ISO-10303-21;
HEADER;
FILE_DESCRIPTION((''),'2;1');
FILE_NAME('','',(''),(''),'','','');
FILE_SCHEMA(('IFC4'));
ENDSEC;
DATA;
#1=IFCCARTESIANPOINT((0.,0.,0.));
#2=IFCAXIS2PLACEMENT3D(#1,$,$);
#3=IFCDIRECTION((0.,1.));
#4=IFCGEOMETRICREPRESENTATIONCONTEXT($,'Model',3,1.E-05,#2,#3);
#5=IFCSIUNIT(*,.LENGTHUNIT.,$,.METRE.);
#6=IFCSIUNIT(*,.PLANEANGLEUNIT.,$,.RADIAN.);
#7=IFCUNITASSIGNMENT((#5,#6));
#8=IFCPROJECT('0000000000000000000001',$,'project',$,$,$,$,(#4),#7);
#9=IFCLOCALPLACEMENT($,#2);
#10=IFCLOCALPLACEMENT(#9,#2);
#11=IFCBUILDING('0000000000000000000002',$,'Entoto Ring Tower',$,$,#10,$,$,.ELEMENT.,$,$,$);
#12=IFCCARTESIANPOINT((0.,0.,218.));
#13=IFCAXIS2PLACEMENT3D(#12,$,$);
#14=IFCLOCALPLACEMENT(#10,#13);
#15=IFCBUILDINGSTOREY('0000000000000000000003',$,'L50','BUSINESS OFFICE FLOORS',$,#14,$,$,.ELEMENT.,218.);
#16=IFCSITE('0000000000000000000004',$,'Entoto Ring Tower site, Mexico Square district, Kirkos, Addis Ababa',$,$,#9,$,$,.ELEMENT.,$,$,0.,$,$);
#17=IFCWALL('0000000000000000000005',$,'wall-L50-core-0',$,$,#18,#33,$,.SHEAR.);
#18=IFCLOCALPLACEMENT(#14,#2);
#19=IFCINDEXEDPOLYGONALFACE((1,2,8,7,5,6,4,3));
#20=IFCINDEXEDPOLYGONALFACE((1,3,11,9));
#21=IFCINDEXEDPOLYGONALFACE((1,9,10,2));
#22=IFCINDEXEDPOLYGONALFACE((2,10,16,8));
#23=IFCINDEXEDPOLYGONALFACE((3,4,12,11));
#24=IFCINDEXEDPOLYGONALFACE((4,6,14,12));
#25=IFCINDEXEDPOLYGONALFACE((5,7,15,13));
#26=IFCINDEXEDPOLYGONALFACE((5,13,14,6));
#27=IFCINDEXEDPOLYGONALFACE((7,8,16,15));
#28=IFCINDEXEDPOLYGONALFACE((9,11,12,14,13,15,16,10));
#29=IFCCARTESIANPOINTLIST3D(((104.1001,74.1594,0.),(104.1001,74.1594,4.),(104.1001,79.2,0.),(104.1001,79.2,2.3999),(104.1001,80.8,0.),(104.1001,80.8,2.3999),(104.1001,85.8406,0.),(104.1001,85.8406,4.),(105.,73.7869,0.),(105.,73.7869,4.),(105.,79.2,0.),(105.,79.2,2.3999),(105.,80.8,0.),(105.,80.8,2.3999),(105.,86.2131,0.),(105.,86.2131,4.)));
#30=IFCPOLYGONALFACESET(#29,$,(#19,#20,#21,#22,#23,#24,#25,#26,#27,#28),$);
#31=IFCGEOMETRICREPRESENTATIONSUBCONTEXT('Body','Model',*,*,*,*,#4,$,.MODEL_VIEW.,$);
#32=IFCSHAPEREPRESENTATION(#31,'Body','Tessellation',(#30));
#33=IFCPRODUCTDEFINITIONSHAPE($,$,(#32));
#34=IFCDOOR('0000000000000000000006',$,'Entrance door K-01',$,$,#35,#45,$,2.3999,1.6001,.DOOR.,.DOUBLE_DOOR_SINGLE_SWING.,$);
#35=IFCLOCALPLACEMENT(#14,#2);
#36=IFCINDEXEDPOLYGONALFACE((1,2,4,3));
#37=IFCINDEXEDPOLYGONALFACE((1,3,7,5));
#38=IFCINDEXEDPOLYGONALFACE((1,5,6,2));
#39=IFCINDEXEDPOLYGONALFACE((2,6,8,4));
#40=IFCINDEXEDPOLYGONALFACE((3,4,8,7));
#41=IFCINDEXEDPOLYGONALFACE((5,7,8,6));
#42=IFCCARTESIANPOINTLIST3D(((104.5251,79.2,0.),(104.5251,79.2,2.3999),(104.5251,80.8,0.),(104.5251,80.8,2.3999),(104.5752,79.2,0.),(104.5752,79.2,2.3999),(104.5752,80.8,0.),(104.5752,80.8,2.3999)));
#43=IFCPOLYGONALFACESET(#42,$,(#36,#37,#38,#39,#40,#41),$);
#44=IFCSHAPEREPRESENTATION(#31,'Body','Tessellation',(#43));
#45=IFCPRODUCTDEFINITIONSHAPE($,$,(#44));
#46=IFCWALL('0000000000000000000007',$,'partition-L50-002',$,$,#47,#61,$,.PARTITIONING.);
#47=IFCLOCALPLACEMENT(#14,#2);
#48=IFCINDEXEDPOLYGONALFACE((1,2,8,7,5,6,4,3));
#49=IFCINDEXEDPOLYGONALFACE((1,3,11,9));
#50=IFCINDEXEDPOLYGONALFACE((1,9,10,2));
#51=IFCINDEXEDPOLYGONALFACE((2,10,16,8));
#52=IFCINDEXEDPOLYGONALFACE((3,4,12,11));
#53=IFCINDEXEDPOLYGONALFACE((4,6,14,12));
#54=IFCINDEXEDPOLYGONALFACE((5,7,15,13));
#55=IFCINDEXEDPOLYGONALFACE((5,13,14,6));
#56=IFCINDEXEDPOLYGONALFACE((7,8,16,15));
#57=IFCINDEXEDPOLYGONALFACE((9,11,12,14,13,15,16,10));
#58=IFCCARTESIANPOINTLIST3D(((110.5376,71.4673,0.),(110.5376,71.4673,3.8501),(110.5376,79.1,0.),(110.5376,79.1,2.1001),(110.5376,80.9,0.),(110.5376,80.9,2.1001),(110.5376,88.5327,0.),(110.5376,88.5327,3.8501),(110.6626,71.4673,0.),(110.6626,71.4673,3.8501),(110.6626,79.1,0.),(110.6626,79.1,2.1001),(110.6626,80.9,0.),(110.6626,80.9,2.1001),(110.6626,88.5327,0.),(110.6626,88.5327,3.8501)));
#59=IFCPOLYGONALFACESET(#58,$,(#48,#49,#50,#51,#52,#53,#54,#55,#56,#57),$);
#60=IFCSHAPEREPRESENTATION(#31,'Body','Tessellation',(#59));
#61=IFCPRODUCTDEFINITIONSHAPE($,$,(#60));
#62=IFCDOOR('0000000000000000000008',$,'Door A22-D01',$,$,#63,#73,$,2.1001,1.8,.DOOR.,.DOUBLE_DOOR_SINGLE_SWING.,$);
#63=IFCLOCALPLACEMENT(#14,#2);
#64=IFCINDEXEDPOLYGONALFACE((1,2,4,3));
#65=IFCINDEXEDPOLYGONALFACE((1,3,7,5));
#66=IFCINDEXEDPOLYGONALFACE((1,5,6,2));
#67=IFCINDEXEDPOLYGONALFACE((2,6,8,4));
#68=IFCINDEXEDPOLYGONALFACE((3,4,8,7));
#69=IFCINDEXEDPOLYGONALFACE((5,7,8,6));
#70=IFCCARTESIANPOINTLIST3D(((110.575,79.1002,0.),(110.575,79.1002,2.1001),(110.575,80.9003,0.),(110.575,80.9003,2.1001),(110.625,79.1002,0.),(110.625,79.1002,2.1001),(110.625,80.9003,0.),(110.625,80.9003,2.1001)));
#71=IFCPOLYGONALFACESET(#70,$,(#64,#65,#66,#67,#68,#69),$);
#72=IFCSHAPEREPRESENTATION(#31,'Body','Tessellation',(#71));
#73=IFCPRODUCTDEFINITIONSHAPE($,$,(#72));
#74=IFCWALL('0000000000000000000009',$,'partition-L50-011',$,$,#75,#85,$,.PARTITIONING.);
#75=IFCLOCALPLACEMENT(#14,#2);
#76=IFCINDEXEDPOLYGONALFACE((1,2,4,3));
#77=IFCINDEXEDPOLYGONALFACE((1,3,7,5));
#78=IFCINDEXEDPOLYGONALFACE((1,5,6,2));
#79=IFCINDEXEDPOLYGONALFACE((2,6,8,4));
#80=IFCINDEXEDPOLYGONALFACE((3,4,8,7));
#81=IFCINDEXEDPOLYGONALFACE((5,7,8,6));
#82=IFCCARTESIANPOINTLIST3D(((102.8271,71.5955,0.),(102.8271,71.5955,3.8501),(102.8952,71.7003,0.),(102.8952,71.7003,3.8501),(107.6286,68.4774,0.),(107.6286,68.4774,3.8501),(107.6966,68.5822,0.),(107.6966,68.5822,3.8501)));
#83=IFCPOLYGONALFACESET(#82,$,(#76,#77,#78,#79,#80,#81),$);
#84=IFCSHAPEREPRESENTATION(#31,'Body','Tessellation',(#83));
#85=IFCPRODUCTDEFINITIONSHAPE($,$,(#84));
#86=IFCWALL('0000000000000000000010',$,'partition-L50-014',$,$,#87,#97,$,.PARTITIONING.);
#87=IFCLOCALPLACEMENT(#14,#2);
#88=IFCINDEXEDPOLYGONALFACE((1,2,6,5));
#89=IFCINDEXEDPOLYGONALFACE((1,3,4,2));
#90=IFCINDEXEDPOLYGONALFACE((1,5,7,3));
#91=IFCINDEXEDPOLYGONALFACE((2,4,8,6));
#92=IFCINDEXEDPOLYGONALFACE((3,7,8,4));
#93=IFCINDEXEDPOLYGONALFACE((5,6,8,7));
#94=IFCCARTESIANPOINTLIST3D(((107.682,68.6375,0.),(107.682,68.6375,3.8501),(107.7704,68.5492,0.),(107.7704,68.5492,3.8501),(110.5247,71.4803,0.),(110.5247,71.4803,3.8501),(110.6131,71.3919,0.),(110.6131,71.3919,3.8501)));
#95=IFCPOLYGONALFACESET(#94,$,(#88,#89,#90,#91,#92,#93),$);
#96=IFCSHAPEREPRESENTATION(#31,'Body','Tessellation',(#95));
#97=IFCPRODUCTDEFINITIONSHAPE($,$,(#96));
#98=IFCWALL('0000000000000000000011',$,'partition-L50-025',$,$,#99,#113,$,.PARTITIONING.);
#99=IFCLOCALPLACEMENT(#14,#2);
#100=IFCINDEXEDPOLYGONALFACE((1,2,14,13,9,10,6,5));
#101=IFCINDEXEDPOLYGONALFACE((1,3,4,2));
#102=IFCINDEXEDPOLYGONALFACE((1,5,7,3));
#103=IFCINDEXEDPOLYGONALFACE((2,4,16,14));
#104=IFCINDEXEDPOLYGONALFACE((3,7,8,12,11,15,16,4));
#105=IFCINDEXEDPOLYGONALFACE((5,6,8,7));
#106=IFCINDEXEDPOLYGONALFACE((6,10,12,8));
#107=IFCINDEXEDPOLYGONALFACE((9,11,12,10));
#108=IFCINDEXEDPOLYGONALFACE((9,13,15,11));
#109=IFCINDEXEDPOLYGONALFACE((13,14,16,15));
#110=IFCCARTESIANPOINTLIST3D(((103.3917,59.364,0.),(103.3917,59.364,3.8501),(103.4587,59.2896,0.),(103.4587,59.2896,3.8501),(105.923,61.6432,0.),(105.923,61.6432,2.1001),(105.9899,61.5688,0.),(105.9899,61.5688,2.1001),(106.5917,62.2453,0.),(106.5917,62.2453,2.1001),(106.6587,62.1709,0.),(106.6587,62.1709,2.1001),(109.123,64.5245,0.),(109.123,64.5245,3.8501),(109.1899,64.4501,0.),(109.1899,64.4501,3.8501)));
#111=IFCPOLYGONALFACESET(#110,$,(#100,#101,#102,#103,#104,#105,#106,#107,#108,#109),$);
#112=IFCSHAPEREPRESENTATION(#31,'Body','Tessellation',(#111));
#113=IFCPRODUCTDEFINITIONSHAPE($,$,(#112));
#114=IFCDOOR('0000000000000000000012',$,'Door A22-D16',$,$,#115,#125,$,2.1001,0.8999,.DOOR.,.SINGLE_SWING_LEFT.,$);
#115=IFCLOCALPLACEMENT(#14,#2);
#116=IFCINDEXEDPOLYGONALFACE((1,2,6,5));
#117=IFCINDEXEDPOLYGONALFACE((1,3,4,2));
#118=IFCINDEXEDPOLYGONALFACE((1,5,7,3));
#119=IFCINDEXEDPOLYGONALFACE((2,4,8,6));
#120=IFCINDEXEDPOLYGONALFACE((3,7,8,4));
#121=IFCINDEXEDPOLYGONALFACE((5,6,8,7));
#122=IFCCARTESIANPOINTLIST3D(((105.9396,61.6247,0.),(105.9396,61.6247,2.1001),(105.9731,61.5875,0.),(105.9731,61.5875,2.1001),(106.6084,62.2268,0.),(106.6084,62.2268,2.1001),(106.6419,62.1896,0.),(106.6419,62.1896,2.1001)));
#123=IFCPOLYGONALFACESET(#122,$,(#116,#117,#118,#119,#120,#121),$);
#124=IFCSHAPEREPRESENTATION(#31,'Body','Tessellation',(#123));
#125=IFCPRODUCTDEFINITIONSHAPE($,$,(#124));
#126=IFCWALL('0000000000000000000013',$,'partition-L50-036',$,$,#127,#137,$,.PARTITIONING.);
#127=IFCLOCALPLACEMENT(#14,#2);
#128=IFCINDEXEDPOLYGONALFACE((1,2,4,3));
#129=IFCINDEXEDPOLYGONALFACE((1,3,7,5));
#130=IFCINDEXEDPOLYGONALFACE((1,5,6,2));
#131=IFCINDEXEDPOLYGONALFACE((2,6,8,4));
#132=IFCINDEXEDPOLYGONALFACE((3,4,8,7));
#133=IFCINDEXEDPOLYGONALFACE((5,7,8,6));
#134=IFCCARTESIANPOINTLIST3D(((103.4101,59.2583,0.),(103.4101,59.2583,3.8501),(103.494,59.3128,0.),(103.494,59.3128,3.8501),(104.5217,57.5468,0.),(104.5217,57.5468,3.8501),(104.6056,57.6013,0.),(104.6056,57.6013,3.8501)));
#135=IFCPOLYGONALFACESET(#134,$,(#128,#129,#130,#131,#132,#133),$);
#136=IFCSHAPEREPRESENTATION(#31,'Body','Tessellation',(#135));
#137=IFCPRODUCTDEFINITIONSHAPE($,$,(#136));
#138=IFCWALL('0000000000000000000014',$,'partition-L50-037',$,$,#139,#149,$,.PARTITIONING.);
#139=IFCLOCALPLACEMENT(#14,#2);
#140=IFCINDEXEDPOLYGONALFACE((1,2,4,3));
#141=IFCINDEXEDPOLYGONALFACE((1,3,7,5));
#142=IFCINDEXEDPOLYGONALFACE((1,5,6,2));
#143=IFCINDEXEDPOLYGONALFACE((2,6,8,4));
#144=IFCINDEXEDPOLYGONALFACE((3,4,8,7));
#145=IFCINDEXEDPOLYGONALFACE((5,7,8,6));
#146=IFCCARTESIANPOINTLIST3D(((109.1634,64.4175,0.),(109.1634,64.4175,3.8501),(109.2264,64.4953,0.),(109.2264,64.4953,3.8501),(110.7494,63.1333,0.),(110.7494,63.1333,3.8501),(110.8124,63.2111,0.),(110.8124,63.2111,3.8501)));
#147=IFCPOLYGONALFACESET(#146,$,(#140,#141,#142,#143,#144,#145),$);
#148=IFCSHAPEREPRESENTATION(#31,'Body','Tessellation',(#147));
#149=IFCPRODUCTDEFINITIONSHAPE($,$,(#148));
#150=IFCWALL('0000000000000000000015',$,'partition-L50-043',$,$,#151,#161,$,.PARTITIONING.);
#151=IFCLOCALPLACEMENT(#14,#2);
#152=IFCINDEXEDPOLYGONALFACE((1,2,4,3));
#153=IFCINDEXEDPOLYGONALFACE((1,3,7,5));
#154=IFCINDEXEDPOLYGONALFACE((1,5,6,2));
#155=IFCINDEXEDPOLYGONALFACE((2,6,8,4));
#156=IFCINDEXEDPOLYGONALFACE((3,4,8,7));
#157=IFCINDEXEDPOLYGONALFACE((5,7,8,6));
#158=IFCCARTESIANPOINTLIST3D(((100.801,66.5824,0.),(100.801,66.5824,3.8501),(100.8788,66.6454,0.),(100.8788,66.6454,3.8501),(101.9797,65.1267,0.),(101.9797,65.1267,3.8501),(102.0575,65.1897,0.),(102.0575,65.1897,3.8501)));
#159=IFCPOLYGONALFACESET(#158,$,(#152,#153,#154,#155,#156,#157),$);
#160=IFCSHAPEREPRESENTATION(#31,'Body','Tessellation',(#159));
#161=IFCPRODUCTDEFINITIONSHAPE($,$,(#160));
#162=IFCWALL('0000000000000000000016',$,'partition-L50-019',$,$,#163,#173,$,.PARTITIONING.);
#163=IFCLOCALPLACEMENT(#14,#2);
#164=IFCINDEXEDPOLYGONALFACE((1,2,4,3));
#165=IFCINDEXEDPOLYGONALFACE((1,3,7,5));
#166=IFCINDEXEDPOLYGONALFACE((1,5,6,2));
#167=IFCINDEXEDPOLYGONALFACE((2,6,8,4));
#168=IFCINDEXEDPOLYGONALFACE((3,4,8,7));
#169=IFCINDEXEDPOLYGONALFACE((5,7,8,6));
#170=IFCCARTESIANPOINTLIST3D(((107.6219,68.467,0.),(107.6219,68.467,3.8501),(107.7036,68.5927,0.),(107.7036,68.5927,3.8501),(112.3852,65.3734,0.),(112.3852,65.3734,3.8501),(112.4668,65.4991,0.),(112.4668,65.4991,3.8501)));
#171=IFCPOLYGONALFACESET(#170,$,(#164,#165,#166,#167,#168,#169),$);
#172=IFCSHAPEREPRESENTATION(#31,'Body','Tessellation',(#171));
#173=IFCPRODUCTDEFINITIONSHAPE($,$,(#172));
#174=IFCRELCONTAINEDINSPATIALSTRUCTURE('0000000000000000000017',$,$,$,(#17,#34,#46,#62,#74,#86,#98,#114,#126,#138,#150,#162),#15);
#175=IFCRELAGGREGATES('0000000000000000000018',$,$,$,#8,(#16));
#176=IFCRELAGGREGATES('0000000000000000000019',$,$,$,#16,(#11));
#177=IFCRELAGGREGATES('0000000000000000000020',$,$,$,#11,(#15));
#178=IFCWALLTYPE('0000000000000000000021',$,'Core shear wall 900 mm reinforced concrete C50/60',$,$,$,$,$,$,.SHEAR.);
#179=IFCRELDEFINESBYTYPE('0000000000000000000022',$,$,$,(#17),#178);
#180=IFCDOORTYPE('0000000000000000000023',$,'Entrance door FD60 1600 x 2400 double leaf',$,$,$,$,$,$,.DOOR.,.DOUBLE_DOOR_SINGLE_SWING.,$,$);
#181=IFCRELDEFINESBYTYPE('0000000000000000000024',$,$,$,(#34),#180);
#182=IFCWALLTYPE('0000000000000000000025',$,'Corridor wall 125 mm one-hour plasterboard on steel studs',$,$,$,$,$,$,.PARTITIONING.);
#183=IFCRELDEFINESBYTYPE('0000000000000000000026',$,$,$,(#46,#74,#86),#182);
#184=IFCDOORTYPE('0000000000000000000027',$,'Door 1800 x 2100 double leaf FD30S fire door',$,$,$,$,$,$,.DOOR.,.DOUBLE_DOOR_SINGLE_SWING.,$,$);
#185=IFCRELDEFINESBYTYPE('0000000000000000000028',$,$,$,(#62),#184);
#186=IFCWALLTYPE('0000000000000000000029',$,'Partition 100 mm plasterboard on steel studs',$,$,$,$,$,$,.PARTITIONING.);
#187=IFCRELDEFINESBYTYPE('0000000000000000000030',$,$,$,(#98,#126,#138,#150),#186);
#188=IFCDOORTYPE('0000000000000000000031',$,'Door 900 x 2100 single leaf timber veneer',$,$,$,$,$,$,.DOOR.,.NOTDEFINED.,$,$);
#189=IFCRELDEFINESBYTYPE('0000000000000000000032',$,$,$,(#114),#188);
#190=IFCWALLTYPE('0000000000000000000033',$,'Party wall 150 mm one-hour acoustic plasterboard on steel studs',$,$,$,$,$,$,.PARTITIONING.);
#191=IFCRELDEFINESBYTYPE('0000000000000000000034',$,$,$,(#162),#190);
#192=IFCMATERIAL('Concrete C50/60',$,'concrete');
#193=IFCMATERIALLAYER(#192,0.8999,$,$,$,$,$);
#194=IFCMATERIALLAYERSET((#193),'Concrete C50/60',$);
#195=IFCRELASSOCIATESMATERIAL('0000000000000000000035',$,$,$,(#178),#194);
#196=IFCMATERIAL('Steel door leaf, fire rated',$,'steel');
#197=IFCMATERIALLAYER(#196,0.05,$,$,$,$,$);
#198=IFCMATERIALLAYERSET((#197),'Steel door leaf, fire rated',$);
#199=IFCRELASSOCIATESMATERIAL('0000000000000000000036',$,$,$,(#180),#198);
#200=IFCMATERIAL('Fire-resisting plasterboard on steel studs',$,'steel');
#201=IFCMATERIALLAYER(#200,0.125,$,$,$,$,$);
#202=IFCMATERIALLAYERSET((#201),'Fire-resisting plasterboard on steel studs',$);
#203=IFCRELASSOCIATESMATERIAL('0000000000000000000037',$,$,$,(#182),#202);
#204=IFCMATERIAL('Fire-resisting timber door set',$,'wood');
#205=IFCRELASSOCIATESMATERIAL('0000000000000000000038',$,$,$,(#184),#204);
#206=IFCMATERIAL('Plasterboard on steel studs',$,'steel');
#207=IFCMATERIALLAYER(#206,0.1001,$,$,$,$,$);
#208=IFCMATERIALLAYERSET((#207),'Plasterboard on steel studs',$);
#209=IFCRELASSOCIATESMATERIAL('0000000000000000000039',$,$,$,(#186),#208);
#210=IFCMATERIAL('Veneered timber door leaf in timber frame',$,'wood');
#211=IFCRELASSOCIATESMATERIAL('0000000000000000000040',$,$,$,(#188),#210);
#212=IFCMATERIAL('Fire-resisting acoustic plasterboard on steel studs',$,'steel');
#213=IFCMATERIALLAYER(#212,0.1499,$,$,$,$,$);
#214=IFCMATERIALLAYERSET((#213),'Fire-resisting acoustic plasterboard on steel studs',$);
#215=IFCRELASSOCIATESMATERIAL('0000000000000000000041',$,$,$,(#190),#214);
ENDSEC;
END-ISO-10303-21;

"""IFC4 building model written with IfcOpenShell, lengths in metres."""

from ifc_helpers import new_model, si_unit, direction, frame, frame_2d, origin, place, context, subcontext, project, spatial, polyline, rectangle, outline, extrude, material, layer, layer_set, type_object, element, fill, save


model = new_model("IFC4")

# Units and contexts
model_context = context("Model", 3, precision=1e-05, world=origin(), true_north=direction((0.0, 1.0)))
body_context = subcontext(model_context, "Body", "Model", "MODEL_VIEW")
ifc_project = project(units=[si_unit("LENGTHUNIT", "METRE"), si_unit("PLANEANGLEUNIT", "RADIAN")], contexts=[model_context])

# Site, building, storey
site_placement = place(None, origin())
site = spatial("IfcSite", under=ifc_project, at=site_placement, Name="Entoto Ring Tower site, Mexico Square district, Kirkos, Addis Ababa", CompositionType="ELEMENT", RefElevation=0.0)
building_placement = place(site_placement, origin())
building = spatial("IfcBuilding", under=site, at=building_placement, Name="Entoto Ring Tower", CompositionType="ELEMENT")
storey_placement = place(building_placement, frame((0.0, 0.0, 218.0)))
storey = spatial("IfcBuildingStorey", under=building, at=storey_placement, Name="L50", Description="BUSINESS OFFICE FLOORS", CompositionType="ELEMENT", Elevation=218.0)

# Walls, openings, doors
ifc_material_1 = material(Name="Concrete C50/60", Category="concrete")
ifc_layer_1 = layer(ifc_material_1, 0.8999)
ifc_layer_set_1 = layer_set([ifc_layer_1], Name="Concrete C50/60")
wall_type_1 = type_object("IfcWallType", Name="Core shear wall 900 mm reinforced concrete C50/60", PredefinedType="SHEAR", material=ifc_layer_set_1)
wall_1_placement = place(storey_placement, frame((104.55, 73.9731, 0.0), z_axis=(0.0, 0.0, 1.0), x_axis=(0.0, 1.0, 0.0)))
wall_1 = element("IfcWall", 1, at=wall_1_placement, inside=storey, type_object=wall_type_1, Name="wall-L50-core-0", PredefinedType="SHEAR", context=body_context, shape_type="SweptSolid", body=[
    extrude(outline(polyline([(-0.1863, -0.45), (12.24, -0.45), (11.8674, 0.45), (0.1863, 0.45), (-0.1863, -0.45)])), origin(), (0.0, 0.0, 1.0), 4.0),
])
opening_1_placement = place(wall_1_placement, frame((5.2268, 0.0, 0.0)))
opening_1 = element("IfcOpeningElement", 2, at=opening_1_placement, cuts=wall_1, PredefinedType="OPENING", context=body_context, shape_type="SweptSolid", body=[
    extrude(rectangle(XDim=1.6001, YDim=2.3999, at=frame_2d((0.8, 1.2))), frame((0.0, 0.46, 0.0), z_axis=(0.0, -1.0, 0.0), x_axis=(1.0, 0.0, 0.0)), (0.0, 0.0, 1.0), 0.9199),
])
ifc_material_2 = material(Name="Steel door leaf, fire rated", Category="steel")
ifc_layer_2 = layer(ifc_material_2, 0.05)
ifc_layer_set_2 = layer_set([ifc_layer_2], Name="Steel door leaf, fire rated")
door_type_1 = type_object("IfcDoorType", Name="Entrance door FD60 1600 x 2400 double leaf", OperationType="DOUBLE_DOOR_SINGLE_SWING", PredefinedType="DOOR", material=ifc_layer_set_2)
door_1_placement = place(opening_1_placement, origin())
door_1 = element("IfcDoor", 3, at=door_1_placement, inside=storey, type_object=door_type_1, Name="Entrance door K-01", OperationType="DOUBLE_DOOR_SINGLE_SWING", OverallHeight=2.3999, OverallWidth=1.6001, PredefinedType="DOOR", context=body_context, shape_type="SweptSolid", body=[
    extrude(rectangle(XDim=1.6001, YDim=2.3999, at=frame_2d((0.8, 1.2))), frame((0.0, 0.0249, 0.0), z_axis=(0.0, -1.0, 0.0), x_axis=(1.0, 0.0, 0.0)), (0.0, 0.0, 1.0), 0.05),
])
fill(opening_1, door_1)
ifc_material_3 = material(Name="Fire-resisting plasterboard on steel studs", Category="steel")
ifc_layer_3 = layer(ifc_material_3, 0.125)
ifc_layer_set_3 = layer_set([ifc_layer_3], Name="Fire-resisting plasterboard on steel studs")
wall_type_2 = type_object("IfcWallType", Name="Corridor wall 125 mm one-hour plasterboard on steel studs", PredefinedType="PARTITIONING", material=ifc_layer_set_3)
wall_2_placement = place(storey_placement, frame((110.6001, 71.4673, 0.0), z_axis=(0.0, 0.0, 1.0), x_axis=(0.0, 1.0, 0.0)))
wall_2 = element("IfcWall", 4, at=wall_2_placement, inside=storey, type_object=wall_type_2, Name="partition-L50-002", PredefinedType="PARTITIONING", context=body_context, shape_type="SweptSolid", body=[
    extrude(rectangle(XDim=17.0654, YDim=0.125, at=frame_2d((8.5327, 0.0))), origin(), (0.0, 0.0, 1.0), 3.8501),
])
opening_2_placement = place(wall_2_placement, frame((7.6328, 0.0, 0.0)))
opening_2 = element("IfcOpeningElement", 5, at=opening_2_placement, cuts=wall_2, PredefinedType="OPENING", context=body_context, shape_type="SweptSolid", body=[
    extrude(rectangle(XDim=1.8, YDim=2.1001, at=frame_2d((0.8999, 1.05))), frame((0.0, 0.0725, 0.0), z_axis=(0.0, -1.0, 0.0), x_axis=(1.0, 0.0, 0.0)), (0.0, 0.0, 1.0), 0.145),
])
ifc_material_4 = material(Name="Fire-resisting timber door set", Category="wood")
door_type_2 = type_object("IfcDoorType", Name="Door 1800 x 2100 double leaf FD30S fire door", OperationType="DOUBLE_DOOR_SINGLE_SWING", PredefinedType="DOOR", material=ifc_material_4)
door_2_placement = place(opening_2_placement, frame((1.8, 0.0, 0.0), z_axis=(0.0, 0.0, 1.0), x_axis=(-1.0, 0.0, 0.0)))
door_2 = element("IfcDoor", 6, at=door_2_placement, inside=storey, type_object=door_type_2, Name="Door A22-D01", OperationType="DOUBLE_DOOR_SINGLE_SWING", OverallHeight=2.1001, OverallWidth=1.8, PredefinedType="DOOR", context=body_context, shape_type="SweptSolid", body=[
    extrude(rectangle(XDim=1.8, YDim=2.1001, at=frame_2d((0.8999, 1.05))), frame((0.0, 0.0249, 0.0), z_axis=(0.0, -1.0, 0.0), x_axis=(1.0, 0.0, 0.0)), (0.0, 0.0, 1.0), 0.05),
])
fill(opening_2, door_2)

# Walls
wall_3_placement = place(storey_placement, frame((107.6626, 68.5298, 0.0), z_axis=(0.0, 0.0, 1.0), x_axis=(-0.838669, 0.544642, 0.0)))
element("IfcWall", 7, at=wall_3_placement, inside=storey, type_object=wall_type_2, Name="partition-L50-011", PredefinedType="PARTITIONING", context=body_context, shape_type="SweptSolid", body=[
    extrude(rectangle(XDim=5.7251, YDim=0.125, at=frame_2d((2.8625, 0.0))), origin(), (0.0, 0.0, 1.0), 3.8501),
])
wall_4_placement = place(storey_placement, frame((107.7261, 68.5933, 0.0), z_axis=(0.0, 0.0, 1.0), x_axis=(0.707107, 0.707107, 0.0)))
element("IfcWall", 8, at=wall_4_placement, inside=storey, type_object=wall_type_2, Name="partition-L50-014", PredefinedType="PARTITIONING", context=body_context, shape_type="SweptSolid", body=[
    extrude(rectangle(XDim=4.0203, YDim=0.125, at=frame_2d((2.0103, 0.0))), origin(), (0.0, 0.0, 1.0), 3.8501),
])

# Wall, opening, door
ifc_material_5 = material(Name="Plasterboard on steel studs", Category="steel")
ifc_layer_4 = layer(ifc_material_5, 0.1001)
ifc_layer_set_4 = layer_set([ifc_layer_4], Name="Plasterboard on steel studs")
wall_type_3 = type_object("IfcWallType", Name="Partition 100 mm plasterboard on steel studs", PredefinedType="PARTITIONING", material=ifc_layer_set_4)
wall_5_placement = place(storey_placement, frame((103.4253, 59.3269, 0.0), z_axis=(0.0, 0.0, 1.0), x_axis=(0.743145, 0.669131, 0.0)))
wall_5 = element("IfcWall", 9, at=wall_5_placement, inside=storey, type_object=wall_type_3, Name="partition-L50-025", PredefinedType="PARTITIONING", context=body_context, shape_type="SweptSolid", body=[
    extrude(rectangle(XDim=7.7122, YDim=0.1001, at=frame_2d((3.856, 0.0))), origin(), (0.0, 0.0, 1.0), 3.8501),
])
opening_3_placement = place(wall_5_placement, frame((3.406, 0.0, 0.0)))
opening_3 = element("IfcOpeningElement", 10, at=opening_3_placement, cuts=wall_5, PredefinedType="OPENING", context=body_context, shape_type="SweptSolid", body=[
    extrude(rectangle(XDim=0.8999, YDim=2.1001, at=frame_2d((0.45, 1.05))), frame((0.0, 0.0601, 0.0), z_axis=(0.0, -1.0, 0.0), x_axis=(1.0, 0.0, 0.0)), (0.0, 0.0, 1.0), 0.1201),
])
ifc_material_6 = material(Name="Veneered timber door leaf in timber frame", Category="wood")
door_type_3 = type_object("IfcDoorType", Name="Door 900 x 2100 single leaf timber veneer", OperationType="NOTDEFINED", PredefinedType="DOOR", material=ifc_material_6)
door_3_placement = place(opening_3_placement, frame((0.8999, 0.0, 0.0), z_axis=(0.0, 0.0, 1.0), x_axis=(-1.0, 0.0, 0.0)))
door_3 = element("IfcDoor", 11, at=door_3_placement, inside=storey, type_object=door_type_3, Name="Door A22-D16", OperationType="SINGLE_SWING_LEFT", OverallHeight=2.1001, OverallWidth=0.8999, PredefinedType="DOOR", context=body_context, shape_type="SweptSolid", body=[
    extrude(rectangle(XDim=0.8999, YDim=2.1001, at=frame_2d((0.45, 1.05))), frame((0.0, 0.0249, 0.0), z_axis=(0.0, -1.0, 0.0), x_axis=(1.0, 0.0, 0.0)), (0.0, 0.0, 1.0), 0.05),
])
fill(opening_3, door_3)

# Walls
for number, where, z_axis, x_axis, name in (
    (12, (104.5637, 57.574, 0.0), (0.0, 0.0, 1.0), (-0.544694, 0.838635, 0.0), "partition-L50-036"),
    (13, (110.781, 63.1721, 0.0), (0.0, 0.0, 1.0), (-0.777167, 0.629295, 0.0), "partition-L50-037"),
):
    element("IfcWall", number, at=place(storey_placement, frame(where, z_axis=z_axis, x_axis=x_axis)), inside=storey, type_object=wall_type_3, Name=name, PredefinedType="PARTITIONING", context=body_context, shape_type="SweptSolid", body=[
        extrude(rectangle(XDim=2.0408, YDim=0.1001, at=frame_2d((1.0205, 0.0))), origin(), (0.0, 0.0, 1.0), 3.8501),
    ])
wall_6_placement = place(storey_placement, frame((102.0186, 65.1582, 0.0), z_axis=(0.0, 0.0, 1.0), x_axis=(-0.629262, 0.777193, 0.0)))
element("IfcWall", 14, at=wall_6_placement, inside=storey, type_object=wall_type_3, Name="partition-L50-043", PredefinedType="PARTITIONING", context=body_context, shape_type="SweptSolid", body=[
    extrude(rectangle(XDim=1.873, YDim=0.1001, at=frame_2d((0.9365, 0.0))), origin(), (0.0, 0.0, 1.0), 3.8501),
])
ifc_material_7 = material(Name="Fire-resisting acoustic plasterboard on steel studs", Category="steel")
ifc_layer_5 = layer(ifc_material_7, 0.1499)
ifc_layer_set_5 = layer_set([ifc_layer_5], Name="Fire-resisting acoustic plasterboard on steel studs")
wall_type_4 = type_object("IfcWallType", Name="Party wall 150 mm one-hour acoustic plasterboard on steel studs", PredefinedType="PARTITIONING", material=ifc_layer_set_5)
wall_7_placement = place(storey_placement, frame((112.426, 65.4363, 0.0), z_axis=(0.0, 0.0, 1.0), x_axis=(-0.83865, 0.544671, 0.0)))
element("IfcWall", 15, at=wall_7_placement, inside=storey, type_object=wall_type_4, Name="partition-L50-019", PredefinedType="PARTITIONING", context=body_context, shape_type="SweptSolid", body=[
    extrude(rectangle(XDim=5.6797, YDim=0.1499, at=frame_2d((2.8398, 0.0))), origin(), (0.0, 0.0, 1.0), 3.8501),
])

save(model, "model.ifc")
